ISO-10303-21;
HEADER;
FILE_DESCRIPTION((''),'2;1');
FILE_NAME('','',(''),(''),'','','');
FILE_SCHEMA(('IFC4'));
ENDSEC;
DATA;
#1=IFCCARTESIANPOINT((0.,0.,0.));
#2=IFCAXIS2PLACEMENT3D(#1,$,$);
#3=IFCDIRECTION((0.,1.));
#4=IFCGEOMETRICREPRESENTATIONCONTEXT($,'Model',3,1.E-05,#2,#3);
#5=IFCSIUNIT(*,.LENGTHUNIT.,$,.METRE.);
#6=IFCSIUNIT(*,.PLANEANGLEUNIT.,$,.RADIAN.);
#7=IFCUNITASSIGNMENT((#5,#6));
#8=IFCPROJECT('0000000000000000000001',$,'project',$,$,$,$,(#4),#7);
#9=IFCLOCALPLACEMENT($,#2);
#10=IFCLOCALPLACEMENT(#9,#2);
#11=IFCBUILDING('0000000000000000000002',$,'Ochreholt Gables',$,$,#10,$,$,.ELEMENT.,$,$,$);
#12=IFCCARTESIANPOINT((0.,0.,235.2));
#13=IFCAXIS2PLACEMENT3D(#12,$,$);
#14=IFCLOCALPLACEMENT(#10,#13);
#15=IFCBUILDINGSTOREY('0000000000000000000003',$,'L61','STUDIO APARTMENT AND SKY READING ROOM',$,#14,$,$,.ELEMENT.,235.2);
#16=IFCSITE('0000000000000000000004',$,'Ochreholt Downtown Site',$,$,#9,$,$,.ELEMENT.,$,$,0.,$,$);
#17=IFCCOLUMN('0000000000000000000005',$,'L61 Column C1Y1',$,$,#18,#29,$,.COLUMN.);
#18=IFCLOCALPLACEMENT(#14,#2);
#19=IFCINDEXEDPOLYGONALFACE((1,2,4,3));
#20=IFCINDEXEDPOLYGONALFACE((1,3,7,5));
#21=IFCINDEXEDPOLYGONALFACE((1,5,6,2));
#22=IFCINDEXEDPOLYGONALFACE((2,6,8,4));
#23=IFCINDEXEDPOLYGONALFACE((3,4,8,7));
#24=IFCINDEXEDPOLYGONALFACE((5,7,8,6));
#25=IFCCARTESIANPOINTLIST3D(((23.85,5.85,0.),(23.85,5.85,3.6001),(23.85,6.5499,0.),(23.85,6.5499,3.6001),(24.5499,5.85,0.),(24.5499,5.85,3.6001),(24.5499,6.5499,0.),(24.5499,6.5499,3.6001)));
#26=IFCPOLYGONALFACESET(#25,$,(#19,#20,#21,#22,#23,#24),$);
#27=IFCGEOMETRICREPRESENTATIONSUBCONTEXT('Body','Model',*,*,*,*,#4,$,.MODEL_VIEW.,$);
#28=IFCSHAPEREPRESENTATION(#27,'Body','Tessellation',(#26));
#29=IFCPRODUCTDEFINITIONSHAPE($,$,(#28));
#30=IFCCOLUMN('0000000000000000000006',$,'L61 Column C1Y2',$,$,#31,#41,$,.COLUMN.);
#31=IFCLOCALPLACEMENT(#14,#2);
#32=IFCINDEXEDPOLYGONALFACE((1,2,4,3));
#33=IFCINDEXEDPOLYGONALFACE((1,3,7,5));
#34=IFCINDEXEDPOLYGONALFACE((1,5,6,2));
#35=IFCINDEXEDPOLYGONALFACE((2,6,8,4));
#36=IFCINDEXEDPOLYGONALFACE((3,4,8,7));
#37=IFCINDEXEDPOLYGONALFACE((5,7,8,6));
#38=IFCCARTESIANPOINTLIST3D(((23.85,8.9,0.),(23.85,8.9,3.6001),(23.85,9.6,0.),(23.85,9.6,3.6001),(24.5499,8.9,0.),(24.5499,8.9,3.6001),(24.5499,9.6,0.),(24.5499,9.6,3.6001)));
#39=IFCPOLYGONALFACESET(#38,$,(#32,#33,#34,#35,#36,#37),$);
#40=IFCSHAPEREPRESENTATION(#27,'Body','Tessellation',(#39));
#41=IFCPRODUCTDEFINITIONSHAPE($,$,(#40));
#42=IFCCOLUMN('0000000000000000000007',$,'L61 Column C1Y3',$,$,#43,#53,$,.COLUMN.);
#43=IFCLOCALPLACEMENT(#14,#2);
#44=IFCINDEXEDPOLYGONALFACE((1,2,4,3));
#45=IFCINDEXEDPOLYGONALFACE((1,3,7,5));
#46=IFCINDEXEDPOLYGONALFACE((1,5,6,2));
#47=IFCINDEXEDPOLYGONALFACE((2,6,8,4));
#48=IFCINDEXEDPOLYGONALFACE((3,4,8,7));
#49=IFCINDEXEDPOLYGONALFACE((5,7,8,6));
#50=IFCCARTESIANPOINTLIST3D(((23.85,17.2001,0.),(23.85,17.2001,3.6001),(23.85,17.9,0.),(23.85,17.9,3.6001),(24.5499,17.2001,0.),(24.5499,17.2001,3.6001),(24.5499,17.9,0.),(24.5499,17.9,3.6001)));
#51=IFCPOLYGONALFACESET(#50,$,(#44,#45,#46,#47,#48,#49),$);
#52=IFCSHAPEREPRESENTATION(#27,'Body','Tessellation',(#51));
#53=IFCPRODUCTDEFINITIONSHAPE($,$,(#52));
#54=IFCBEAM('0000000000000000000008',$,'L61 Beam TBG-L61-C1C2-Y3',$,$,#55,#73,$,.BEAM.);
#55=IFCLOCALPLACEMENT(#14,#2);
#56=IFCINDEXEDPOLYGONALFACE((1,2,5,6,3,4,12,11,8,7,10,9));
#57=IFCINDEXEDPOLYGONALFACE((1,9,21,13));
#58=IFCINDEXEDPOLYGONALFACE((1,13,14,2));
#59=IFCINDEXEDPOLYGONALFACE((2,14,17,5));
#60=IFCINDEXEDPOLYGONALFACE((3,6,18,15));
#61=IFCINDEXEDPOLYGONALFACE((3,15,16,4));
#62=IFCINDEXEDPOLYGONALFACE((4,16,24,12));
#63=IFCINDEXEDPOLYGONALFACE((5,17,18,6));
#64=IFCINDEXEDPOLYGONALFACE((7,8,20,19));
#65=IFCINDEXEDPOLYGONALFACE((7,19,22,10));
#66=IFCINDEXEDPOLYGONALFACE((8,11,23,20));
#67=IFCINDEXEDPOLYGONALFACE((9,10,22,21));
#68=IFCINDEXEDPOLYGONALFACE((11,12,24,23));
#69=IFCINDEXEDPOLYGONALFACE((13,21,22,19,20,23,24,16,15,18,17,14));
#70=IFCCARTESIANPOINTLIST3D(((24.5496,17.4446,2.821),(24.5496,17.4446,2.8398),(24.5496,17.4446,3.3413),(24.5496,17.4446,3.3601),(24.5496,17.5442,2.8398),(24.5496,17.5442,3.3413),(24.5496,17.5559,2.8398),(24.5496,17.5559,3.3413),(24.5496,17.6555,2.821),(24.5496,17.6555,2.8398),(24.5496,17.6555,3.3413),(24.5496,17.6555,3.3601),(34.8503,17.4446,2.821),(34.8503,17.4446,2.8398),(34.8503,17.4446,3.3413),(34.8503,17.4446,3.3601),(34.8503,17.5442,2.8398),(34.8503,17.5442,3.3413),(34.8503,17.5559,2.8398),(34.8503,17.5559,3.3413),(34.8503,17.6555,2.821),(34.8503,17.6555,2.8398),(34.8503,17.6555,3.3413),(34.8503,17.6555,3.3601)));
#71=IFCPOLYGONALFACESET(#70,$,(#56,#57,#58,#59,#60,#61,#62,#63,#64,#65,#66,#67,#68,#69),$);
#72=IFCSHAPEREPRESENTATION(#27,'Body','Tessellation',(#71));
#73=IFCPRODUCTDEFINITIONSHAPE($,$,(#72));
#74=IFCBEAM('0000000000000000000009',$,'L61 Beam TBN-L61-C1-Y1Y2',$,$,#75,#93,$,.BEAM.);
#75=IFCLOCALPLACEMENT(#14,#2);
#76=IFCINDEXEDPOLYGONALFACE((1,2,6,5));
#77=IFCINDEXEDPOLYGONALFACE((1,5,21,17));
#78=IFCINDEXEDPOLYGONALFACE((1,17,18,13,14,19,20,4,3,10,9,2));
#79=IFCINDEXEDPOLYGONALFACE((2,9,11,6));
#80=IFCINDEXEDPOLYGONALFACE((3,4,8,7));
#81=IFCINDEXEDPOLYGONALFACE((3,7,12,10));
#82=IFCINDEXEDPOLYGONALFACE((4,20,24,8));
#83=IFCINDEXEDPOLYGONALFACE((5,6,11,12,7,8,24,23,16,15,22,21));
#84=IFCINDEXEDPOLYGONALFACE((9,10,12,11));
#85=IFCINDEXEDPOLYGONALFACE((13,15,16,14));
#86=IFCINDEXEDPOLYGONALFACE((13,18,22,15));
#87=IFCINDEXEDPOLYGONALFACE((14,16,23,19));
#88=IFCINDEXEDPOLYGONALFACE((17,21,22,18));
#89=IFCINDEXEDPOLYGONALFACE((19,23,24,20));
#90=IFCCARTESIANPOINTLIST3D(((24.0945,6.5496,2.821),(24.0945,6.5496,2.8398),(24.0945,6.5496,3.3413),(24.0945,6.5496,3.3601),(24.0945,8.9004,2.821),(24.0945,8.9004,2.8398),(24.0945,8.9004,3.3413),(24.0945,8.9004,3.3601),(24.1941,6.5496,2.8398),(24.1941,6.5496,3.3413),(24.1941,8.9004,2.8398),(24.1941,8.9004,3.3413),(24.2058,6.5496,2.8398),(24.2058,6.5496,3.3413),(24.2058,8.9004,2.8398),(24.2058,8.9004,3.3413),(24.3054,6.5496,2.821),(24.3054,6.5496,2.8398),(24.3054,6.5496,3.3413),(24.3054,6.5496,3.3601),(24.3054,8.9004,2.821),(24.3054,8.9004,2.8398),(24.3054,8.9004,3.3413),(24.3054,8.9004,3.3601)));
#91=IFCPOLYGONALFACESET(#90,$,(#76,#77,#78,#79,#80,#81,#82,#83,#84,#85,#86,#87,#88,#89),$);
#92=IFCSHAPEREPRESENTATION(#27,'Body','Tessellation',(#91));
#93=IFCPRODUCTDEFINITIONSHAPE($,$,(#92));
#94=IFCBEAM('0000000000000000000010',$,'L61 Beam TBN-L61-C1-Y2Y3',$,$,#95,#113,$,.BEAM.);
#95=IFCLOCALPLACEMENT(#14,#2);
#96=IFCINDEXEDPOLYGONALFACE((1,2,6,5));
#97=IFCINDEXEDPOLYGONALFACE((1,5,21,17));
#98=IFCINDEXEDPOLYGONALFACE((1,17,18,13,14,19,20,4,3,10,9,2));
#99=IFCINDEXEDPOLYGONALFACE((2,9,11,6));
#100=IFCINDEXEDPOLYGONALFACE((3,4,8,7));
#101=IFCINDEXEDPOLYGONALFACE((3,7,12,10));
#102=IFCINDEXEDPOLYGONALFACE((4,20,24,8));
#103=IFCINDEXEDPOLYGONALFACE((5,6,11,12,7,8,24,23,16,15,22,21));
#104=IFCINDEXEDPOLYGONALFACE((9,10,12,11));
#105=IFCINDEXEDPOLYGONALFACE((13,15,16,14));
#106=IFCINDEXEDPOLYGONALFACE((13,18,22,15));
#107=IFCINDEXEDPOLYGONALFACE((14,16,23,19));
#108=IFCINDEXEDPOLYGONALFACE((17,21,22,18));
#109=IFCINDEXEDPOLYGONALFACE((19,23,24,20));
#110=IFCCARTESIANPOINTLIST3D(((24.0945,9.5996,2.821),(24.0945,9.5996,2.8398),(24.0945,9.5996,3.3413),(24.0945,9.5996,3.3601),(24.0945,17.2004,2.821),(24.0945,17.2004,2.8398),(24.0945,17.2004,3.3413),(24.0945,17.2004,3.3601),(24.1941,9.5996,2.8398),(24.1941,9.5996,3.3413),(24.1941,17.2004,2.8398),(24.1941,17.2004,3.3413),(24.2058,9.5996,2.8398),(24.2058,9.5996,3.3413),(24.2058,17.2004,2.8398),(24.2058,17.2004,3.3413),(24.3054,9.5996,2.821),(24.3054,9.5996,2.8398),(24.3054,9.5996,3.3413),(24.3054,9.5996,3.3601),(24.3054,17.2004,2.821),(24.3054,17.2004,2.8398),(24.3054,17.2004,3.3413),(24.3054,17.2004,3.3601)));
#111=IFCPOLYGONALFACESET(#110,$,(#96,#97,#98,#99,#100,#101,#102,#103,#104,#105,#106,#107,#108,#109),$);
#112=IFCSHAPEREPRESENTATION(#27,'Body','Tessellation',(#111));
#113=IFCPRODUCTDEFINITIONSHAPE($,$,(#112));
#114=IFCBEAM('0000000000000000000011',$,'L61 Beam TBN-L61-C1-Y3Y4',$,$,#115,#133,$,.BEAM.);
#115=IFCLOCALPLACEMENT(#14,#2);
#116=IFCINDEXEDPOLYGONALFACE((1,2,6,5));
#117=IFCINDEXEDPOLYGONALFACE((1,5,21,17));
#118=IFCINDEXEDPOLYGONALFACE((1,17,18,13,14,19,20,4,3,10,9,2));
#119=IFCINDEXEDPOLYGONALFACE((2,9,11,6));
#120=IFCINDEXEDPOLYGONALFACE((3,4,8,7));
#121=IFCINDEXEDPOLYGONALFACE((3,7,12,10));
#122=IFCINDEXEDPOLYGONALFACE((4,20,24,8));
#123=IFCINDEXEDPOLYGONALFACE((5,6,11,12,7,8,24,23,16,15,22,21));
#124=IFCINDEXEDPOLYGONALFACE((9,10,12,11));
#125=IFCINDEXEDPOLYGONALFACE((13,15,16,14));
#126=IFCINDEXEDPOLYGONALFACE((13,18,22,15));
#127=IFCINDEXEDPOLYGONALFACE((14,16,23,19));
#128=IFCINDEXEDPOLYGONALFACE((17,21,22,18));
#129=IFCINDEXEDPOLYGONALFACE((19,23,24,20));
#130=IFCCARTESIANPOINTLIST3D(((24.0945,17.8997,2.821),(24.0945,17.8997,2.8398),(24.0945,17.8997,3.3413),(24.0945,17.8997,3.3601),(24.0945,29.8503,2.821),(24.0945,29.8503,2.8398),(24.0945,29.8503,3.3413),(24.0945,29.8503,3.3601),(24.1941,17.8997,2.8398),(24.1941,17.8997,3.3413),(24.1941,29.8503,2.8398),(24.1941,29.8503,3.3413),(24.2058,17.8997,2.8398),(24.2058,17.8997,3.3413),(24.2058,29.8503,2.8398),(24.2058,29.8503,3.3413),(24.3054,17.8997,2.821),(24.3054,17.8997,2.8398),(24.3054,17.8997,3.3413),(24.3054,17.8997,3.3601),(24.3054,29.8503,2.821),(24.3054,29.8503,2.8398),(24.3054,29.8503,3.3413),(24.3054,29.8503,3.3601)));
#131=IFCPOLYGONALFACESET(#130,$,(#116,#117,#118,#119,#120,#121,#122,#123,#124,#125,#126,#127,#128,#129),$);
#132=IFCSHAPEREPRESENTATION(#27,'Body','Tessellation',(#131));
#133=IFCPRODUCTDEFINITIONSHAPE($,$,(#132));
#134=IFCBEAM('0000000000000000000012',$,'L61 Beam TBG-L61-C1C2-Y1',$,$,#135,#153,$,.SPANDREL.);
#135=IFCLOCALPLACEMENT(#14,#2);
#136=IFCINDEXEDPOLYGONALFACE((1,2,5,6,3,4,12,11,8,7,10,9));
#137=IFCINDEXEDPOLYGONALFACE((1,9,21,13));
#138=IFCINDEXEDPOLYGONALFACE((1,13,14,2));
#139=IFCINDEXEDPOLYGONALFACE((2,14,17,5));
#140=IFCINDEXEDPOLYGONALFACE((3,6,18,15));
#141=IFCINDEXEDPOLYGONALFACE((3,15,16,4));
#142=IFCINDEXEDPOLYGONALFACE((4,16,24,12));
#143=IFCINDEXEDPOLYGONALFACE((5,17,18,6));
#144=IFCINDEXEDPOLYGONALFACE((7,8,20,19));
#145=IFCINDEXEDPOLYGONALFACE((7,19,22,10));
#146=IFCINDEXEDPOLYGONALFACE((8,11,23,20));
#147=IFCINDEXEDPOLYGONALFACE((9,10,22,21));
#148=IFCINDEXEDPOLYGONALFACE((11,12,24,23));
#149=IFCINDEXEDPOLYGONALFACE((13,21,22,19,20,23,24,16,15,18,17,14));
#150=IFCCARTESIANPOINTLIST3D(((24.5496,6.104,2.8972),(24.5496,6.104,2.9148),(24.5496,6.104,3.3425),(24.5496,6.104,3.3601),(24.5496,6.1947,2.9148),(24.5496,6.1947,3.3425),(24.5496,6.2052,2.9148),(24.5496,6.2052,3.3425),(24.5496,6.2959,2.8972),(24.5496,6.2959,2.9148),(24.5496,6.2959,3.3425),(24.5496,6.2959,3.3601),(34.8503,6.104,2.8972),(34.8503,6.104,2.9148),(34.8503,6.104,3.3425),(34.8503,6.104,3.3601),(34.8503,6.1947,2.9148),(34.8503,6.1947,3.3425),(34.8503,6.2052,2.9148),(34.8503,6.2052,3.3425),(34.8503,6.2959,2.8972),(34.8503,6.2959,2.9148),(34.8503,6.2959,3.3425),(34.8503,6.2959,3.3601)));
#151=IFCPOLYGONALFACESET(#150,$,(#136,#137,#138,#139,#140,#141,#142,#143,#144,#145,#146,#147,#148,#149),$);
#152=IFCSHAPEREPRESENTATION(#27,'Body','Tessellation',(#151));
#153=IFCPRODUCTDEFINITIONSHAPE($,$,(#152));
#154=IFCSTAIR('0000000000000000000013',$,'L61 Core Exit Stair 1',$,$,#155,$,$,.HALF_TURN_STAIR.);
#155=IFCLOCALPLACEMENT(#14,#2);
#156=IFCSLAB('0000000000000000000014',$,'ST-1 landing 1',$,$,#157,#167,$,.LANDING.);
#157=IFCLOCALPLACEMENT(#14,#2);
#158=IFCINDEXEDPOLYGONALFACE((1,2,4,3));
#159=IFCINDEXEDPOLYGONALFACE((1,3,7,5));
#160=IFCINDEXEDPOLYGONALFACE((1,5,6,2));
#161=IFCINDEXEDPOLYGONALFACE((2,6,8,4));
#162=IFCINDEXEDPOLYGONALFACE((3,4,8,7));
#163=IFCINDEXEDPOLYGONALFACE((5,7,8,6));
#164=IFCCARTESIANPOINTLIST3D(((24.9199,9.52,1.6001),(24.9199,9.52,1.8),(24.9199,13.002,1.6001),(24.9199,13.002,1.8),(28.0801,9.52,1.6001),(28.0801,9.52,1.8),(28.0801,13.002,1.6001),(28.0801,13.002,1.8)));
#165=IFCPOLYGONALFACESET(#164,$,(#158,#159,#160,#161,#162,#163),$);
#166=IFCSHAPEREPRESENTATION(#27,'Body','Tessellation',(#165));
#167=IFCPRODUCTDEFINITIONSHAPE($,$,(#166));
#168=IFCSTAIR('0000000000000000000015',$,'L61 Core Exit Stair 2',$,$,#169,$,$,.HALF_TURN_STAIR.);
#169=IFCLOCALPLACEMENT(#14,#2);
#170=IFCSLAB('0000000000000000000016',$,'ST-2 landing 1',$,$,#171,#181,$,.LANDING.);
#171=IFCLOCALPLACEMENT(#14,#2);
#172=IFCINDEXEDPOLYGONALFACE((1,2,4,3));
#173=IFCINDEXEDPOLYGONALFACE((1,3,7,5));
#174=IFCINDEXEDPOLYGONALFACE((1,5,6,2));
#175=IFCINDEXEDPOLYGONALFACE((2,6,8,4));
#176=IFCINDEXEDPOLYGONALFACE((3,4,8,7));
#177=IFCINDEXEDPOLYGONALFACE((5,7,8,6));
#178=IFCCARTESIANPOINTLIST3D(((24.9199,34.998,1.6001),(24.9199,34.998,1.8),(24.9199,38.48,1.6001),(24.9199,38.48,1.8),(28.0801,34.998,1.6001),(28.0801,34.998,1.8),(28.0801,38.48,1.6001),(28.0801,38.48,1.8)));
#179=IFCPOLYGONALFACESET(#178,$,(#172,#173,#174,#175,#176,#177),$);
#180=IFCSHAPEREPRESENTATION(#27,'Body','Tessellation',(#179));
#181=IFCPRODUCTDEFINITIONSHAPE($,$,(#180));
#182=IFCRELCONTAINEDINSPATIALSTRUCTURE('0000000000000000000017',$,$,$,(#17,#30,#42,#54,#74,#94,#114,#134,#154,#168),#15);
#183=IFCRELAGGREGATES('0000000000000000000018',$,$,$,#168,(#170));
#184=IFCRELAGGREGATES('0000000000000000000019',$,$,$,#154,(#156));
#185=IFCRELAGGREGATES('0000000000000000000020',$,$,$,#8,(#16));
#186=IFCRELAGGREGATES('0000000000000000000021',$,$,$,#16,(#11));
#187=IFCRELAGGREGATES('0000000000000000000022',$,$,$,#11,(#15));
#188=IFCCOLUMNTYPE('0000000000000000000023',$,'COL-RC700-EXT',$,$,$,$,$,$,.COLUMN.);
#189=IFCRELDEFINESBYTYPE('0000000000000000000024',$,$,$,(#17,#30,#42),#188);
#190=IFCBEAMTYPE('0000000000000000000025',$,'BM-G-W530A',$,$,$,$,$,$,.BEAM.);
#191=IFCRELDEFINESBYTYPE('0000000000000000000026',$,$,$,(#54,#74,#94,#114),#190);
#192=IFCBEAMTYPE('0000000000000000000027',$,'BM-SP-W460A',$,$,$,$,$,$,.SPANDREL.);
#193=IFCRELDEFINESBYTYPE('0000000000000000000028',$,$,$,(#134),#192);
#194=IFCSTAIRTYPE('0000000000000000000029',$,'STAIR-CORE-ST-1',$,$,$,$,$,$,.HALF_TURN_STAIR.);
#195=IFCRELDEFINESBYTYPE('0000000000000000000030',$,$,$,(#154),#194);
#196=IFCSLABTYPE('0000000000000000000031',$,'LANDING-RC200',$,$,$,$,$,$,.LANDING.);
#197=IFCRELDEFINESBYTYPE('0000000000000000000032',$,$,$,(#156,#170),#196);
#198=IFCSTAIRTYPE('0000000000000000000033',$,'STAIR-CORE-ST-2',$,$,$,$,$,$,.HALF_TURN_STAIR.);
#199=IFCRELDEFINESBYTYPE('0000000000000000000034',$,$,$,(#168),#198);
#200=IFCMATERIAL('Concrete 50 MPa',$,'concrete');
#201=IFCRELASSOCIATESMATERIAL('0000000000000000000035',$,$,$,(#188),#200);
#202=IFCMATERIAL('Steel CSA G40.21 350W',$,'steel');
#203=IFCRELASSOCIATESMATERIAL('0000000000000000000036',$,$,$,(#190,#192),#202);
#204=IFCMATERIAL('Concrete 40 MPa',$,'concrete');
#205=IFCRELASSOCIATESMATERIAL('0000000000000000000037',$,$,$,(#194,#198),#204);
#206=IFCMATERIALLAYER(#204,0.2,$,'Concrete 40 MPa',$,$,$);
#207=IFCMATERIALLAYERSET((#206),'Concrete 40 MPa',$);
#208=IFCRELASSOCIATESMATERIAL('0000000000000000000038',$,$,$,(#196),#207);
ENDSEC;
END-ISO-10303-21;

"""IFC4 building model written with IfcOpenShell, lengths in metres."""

from ifc_helpers import new_model, si_unit, direction, frame, origin, origin_2d, place, context, subcontext, project, spatial, polyline, rectangle, i_section, outline, extrude, material, layer, layer_set, material_profile, profile_set, type_object, element, aggregate, save


model = new_model("IFC4")

# Units and contexts
model_context = context("Model", 3, precision=1e-05, world=origin(), true_north=direction((0.0, 1.0)))
body_context = subcontext(model_context, "Body", "Model", "MODEL_VIEW")
ifc_project = project(units=[si_unit("LENGTHUNIT", "METRE"), si_unit("PLANEANGLEUNIT", "RADIAN")], contexts=[model_context])

# Site, building, storey
site_placement = place(None, origin())
site = spatial("IfcSite", under=ifc_project, at=site_placement, Name="Ochreholt Downtown Site", CompositionType="ELEMENT", RefElevation=0.0)
building_placement = place(site_placement, origin())
building = spatial("IfcBuilding", under=site, at=building_placement, Name="Ochreholt Gables", CompositionType="ELEMENT")
storey_placement = place(building_placement, frame((0.0, 0.0, 235.2)))
storey = spatial("IfcBuildingStorey", under=building, at=storey_placement, Name="L61", Description="STUDIO APARTMENT AND SKY READING ROOM", CompositionType="ELEMENT", Elevation=235.2)

# Columns
ifc_material_1 = material(Name="Concrete 50 MPa", Category="concrete")
ifc_material_profile_1 = material_profile(ifc_material_1, rectangle(XDim=0.7, YDim=0.7, at=origin_2d()), Name="RC700X700")
ifc_profile_set_1 = profile_set([ifc_material_profile_1], Name="Concrete 50 MPa")
column_type = type_object("IfcColumnType", Name="COL-RC700-EXT", PredefinedType="COLUMN", material=ifc_profile_set_1)
for number, where, z_axis, x_axis, name in (
    (1, (24.2, 6.2, 0.0), (0.0, 0.0, 1.0), (1.0, 0.0, 0.0), "L61 Column C1Y1"),
    (2, (24.2, 9.25, 0.0), (0.0, 0.0, 1.0), (1.0, 0.0, 0.0), "L61 Column C1Y2"),
    (3, (24.2, 17.55, 0.0), (0.0, 0.0, 1.0), (1.0, 0.0, 0.0), "L61 Column C1Y3"),
):
    element("IfcColumn", number, at=place(storey_placement, frame(where, z_axis=z_axis, x_axis=x_axis)), inside=storey, type_object=column_type, Name=name, PredefinedType="COLUMN", context=body_context, shape_type="SweptSolid", body=[
        extrude(rectangle(XDim=0.7, YDim=0.7, at=origin_2d()), origin(), (0.0, 0.0, 1.0), 3.6001),
    ])

# Beams
ifc_material_2 = material(Name="Steel CSA G40.21 350W", Category="steel")
ifc_material_profile_2 = material_profile(ifc_material_2, i_section(OverallWidth=0.2109, OverallDepth=0.5391, WebThickness=0.0117, FlangeThickness=0.0188, at=origin_2d()), Name="W530X109")
ifc_profile_set_2 = profile_set([ifc_material_profile_2], Name="Steel CSA G40.21 350W")
beam_type_1 = type_object("IfcBeamType", Name="BM-G-W530A", PredefinedType="BEAM", material=ifc_profile_set_2)
beam_1_placement = place(storey_placement, frame((24.5496, 17.55, 3.0906), z_axis=(1.0, 0.0, 0.0), x_axis=(0.0, 1.0, 0.0)))
element("IfcBeam", 4, at=beam_1_placement, inside=storey, type_object=beam_type_1, Name="L61 Beam TBG-L61-C1C2-Y3", PredefinedType="BEAM", context=body_context, shape_type="SweptSolid", body=[
    extrude(i_section(OverallWidth=0.2109, OverallDepth=0.5391, WebThickness=0.0117, FlangeThickness=0.0188, at=origin_2d()), origin(), (0.0, 0.0, 1.0), 10.3008),
])
beam_2_placement = place(storey_placement, frame((24.2, 6.5496, 3.0906), z_axis=(0.0, 1.0, 0.0), x_axis=(-1.0, 0.0, 0.0)))
element("IfcBeam", 5, at=beam_2_placement, inside=storey, type_object=beam_type_1, Name="L61 Beam TBN-L61-C1-Y1Y2", PredefinedType="BEAM", context=body_context, shape_type="SweptSolid", body=[
    extrude(i_section(OverallWidth=0.2109, OverallDepth=0.5391, WebThickness=0.0117, FlangeThickness=0.0188, at=origin_2d()), origin(), (0.0, 0.0, 1.0), 2.3508),
])
beam_3_placement = place(storey_placement, frame((24.2, 9.5996, 3.0906), z_axis=(0.0, 1.0, 0.0), x_axis=(-1.0, 0.0, 0.0)))
element("IfcBeam", 6, at=beam_3_placement, inside=storey, type_object=beam_type_1, Name="L61 Beam TBN-L61-C1-Y2Y3", PredefinedType="BEAM", context=body_context, shape_type="SweptSolid", body=[
    extrude(i_section(OverallWidth=0.2109, OverallDepth=0.5391, WebThickness=0.0117, FlangeThickness=0.0188, at=origin_2d()), origin(), (0.0, 0.0, 1.0), 7.6008),
])
beam_4_placement = place(storey_placement, frame((24.2, 17.8997, 3.0906), z_axis=(0.0, 1.0, 0.0), x_axis=(-1.0, 0.0, 0.0)))
element("IfcBeam", 7, at=beam_4_placement, inside=storey, type_object=beam_type_1, Name="L61 Beam TBN-L61-C1-Y3Y4", PredefinedType="BEAM", context=body_context, shape_type="SweptSolid", body=[
    extrude(i_section(OverallWidth=0.2109, OverallDepth=0.5391, WebThickness=0.0117, FlangeThickness=0.0188, at=origin_2d()), origin(), (0.0, 0.0, 1.0), 11.9507),
])
ifc_material_profile_3 = material_profile(ifc_material_2, i_section(OverallWidth=0.1919, OverallDepth=0.4629, WebThickness=0.0105, FlangeThickness=0.0176, at=origin_2d()), Name="W460X89")
ifc_profile_set_3 = profile_set([ifc_material_profile_3], Name="Steel CSA G40.21 350W")
beam_type_2 = type_object("IfcBeamType", Name="BM-SP-W460A", PredefinedType="SPANDREL", material=ifc_profile_set_3)
beam_5_placement = place(storey_placement, frame((24.5496, 6.2, 3.1287), z_axis=(1.0, 0.0, 0.0), x_axis=(0.0, 1.0, 0.0)))
element("IfcBeam", 8, at=beam_5_placement, inside=storey, type_object=beam_type_2, Name="L61 Beam TBG-L61-C1C2-Y1", PredefinedType="SPANDREL", context=body_context, shape_type="SweptSolid", body=[
    extrude(i_section(OverallWidth=0.1919, OverallDepth=0.4629, WebThickness=0.0105, FlangeThickness=0.0176, at=origin_2d()), origin(), (0.0, 0.0, 1.0), 10.3008),
])

# Stairs, slabs
ifc_material_3 = material(Name="Concrete 40 MPa", Category="concrete")
stair_type_1 = type_object("IfcStairType", Name="STAIR-CORE-ST-1", PredefinedType="HALF_TURN_STAIR", material=ifc_material_3)
stair_1_placement = place(storey_placement, origin())
stair_1 = element("IfcStair", 9, at=stair_1_placement, inside=storey, type_object=stair_type_1, Name="L61 Core Exit Stair 1", PredefinedType="HALF_TURN_STAIR")
ifc_layer_1 = layer(ifc_material_3, 0.2, Name="Concrete 40 MPa")
ifc_layer_set_1 = layer_set([ifc_layer_1], Name="Concrete 40 MPa")
slab_type_1 = type_object("IfcSlabType", Name="LANDING-RC200", PredefinedType="LANDING", material=ifc_layer_set_1)
slab_1_placement = place(storey_placement, frame((0.0, 0.0, 1.6001)))
slab_1 = element("IfcSlab", 10, at=slab_1_placement, type_object=slab_type_1, Name="ST-1 landing 1", PredefinedType="LANDING", context=body_context, shape_type="SweptSolid", body=[
    extrude(outline(polyline([(24.9199, 13.002), (24.9199, 9.52), (28.0801, 9.52), (28.0801, 13.002), (24.9199, 13.002)])), origin(), (0.0, 0.0, 1.0), 0.2),
])
stair_type_2 = type_object("IfcStairType", Name="STAIR-CORE-ST-2", PredefinedType="HALF_TURN_STAIR", material=ifc_material_3)
stair_2_placement = place(storey_placement, origin())
stair_2 = element("IfcStair", 11, at=stair_2_placement, inside=storey, type_object=stair_type_2, Name="L61 Core Exit Stair 2", PredefinedType="HALF_TURN_STAIR")
slab_2_placement = place(storey_placement, frame((0.0, 0.0, 1.6001)))
slab_2 = element("IfcSlab", 12, at=slab_2_placement, type_object=slab_type_1, Name="ST-2 landing 1", PredefinedType="LANDING", context=body_context, shape_type="SweptSolid", body=[
    extrude(outline(polyline([(28.0801, 34.998), (28.0801, 38.48), (24.9199, 38.48), (24.9199, 34.998), (28.0801, 34.998)])), origin(), (0.0, 0.0, 1.0), 0.2),
])
aggregate(stair_2, [slab_2])

aggregate(stair_1, [slab_1])

save(model, "model.ifc")
